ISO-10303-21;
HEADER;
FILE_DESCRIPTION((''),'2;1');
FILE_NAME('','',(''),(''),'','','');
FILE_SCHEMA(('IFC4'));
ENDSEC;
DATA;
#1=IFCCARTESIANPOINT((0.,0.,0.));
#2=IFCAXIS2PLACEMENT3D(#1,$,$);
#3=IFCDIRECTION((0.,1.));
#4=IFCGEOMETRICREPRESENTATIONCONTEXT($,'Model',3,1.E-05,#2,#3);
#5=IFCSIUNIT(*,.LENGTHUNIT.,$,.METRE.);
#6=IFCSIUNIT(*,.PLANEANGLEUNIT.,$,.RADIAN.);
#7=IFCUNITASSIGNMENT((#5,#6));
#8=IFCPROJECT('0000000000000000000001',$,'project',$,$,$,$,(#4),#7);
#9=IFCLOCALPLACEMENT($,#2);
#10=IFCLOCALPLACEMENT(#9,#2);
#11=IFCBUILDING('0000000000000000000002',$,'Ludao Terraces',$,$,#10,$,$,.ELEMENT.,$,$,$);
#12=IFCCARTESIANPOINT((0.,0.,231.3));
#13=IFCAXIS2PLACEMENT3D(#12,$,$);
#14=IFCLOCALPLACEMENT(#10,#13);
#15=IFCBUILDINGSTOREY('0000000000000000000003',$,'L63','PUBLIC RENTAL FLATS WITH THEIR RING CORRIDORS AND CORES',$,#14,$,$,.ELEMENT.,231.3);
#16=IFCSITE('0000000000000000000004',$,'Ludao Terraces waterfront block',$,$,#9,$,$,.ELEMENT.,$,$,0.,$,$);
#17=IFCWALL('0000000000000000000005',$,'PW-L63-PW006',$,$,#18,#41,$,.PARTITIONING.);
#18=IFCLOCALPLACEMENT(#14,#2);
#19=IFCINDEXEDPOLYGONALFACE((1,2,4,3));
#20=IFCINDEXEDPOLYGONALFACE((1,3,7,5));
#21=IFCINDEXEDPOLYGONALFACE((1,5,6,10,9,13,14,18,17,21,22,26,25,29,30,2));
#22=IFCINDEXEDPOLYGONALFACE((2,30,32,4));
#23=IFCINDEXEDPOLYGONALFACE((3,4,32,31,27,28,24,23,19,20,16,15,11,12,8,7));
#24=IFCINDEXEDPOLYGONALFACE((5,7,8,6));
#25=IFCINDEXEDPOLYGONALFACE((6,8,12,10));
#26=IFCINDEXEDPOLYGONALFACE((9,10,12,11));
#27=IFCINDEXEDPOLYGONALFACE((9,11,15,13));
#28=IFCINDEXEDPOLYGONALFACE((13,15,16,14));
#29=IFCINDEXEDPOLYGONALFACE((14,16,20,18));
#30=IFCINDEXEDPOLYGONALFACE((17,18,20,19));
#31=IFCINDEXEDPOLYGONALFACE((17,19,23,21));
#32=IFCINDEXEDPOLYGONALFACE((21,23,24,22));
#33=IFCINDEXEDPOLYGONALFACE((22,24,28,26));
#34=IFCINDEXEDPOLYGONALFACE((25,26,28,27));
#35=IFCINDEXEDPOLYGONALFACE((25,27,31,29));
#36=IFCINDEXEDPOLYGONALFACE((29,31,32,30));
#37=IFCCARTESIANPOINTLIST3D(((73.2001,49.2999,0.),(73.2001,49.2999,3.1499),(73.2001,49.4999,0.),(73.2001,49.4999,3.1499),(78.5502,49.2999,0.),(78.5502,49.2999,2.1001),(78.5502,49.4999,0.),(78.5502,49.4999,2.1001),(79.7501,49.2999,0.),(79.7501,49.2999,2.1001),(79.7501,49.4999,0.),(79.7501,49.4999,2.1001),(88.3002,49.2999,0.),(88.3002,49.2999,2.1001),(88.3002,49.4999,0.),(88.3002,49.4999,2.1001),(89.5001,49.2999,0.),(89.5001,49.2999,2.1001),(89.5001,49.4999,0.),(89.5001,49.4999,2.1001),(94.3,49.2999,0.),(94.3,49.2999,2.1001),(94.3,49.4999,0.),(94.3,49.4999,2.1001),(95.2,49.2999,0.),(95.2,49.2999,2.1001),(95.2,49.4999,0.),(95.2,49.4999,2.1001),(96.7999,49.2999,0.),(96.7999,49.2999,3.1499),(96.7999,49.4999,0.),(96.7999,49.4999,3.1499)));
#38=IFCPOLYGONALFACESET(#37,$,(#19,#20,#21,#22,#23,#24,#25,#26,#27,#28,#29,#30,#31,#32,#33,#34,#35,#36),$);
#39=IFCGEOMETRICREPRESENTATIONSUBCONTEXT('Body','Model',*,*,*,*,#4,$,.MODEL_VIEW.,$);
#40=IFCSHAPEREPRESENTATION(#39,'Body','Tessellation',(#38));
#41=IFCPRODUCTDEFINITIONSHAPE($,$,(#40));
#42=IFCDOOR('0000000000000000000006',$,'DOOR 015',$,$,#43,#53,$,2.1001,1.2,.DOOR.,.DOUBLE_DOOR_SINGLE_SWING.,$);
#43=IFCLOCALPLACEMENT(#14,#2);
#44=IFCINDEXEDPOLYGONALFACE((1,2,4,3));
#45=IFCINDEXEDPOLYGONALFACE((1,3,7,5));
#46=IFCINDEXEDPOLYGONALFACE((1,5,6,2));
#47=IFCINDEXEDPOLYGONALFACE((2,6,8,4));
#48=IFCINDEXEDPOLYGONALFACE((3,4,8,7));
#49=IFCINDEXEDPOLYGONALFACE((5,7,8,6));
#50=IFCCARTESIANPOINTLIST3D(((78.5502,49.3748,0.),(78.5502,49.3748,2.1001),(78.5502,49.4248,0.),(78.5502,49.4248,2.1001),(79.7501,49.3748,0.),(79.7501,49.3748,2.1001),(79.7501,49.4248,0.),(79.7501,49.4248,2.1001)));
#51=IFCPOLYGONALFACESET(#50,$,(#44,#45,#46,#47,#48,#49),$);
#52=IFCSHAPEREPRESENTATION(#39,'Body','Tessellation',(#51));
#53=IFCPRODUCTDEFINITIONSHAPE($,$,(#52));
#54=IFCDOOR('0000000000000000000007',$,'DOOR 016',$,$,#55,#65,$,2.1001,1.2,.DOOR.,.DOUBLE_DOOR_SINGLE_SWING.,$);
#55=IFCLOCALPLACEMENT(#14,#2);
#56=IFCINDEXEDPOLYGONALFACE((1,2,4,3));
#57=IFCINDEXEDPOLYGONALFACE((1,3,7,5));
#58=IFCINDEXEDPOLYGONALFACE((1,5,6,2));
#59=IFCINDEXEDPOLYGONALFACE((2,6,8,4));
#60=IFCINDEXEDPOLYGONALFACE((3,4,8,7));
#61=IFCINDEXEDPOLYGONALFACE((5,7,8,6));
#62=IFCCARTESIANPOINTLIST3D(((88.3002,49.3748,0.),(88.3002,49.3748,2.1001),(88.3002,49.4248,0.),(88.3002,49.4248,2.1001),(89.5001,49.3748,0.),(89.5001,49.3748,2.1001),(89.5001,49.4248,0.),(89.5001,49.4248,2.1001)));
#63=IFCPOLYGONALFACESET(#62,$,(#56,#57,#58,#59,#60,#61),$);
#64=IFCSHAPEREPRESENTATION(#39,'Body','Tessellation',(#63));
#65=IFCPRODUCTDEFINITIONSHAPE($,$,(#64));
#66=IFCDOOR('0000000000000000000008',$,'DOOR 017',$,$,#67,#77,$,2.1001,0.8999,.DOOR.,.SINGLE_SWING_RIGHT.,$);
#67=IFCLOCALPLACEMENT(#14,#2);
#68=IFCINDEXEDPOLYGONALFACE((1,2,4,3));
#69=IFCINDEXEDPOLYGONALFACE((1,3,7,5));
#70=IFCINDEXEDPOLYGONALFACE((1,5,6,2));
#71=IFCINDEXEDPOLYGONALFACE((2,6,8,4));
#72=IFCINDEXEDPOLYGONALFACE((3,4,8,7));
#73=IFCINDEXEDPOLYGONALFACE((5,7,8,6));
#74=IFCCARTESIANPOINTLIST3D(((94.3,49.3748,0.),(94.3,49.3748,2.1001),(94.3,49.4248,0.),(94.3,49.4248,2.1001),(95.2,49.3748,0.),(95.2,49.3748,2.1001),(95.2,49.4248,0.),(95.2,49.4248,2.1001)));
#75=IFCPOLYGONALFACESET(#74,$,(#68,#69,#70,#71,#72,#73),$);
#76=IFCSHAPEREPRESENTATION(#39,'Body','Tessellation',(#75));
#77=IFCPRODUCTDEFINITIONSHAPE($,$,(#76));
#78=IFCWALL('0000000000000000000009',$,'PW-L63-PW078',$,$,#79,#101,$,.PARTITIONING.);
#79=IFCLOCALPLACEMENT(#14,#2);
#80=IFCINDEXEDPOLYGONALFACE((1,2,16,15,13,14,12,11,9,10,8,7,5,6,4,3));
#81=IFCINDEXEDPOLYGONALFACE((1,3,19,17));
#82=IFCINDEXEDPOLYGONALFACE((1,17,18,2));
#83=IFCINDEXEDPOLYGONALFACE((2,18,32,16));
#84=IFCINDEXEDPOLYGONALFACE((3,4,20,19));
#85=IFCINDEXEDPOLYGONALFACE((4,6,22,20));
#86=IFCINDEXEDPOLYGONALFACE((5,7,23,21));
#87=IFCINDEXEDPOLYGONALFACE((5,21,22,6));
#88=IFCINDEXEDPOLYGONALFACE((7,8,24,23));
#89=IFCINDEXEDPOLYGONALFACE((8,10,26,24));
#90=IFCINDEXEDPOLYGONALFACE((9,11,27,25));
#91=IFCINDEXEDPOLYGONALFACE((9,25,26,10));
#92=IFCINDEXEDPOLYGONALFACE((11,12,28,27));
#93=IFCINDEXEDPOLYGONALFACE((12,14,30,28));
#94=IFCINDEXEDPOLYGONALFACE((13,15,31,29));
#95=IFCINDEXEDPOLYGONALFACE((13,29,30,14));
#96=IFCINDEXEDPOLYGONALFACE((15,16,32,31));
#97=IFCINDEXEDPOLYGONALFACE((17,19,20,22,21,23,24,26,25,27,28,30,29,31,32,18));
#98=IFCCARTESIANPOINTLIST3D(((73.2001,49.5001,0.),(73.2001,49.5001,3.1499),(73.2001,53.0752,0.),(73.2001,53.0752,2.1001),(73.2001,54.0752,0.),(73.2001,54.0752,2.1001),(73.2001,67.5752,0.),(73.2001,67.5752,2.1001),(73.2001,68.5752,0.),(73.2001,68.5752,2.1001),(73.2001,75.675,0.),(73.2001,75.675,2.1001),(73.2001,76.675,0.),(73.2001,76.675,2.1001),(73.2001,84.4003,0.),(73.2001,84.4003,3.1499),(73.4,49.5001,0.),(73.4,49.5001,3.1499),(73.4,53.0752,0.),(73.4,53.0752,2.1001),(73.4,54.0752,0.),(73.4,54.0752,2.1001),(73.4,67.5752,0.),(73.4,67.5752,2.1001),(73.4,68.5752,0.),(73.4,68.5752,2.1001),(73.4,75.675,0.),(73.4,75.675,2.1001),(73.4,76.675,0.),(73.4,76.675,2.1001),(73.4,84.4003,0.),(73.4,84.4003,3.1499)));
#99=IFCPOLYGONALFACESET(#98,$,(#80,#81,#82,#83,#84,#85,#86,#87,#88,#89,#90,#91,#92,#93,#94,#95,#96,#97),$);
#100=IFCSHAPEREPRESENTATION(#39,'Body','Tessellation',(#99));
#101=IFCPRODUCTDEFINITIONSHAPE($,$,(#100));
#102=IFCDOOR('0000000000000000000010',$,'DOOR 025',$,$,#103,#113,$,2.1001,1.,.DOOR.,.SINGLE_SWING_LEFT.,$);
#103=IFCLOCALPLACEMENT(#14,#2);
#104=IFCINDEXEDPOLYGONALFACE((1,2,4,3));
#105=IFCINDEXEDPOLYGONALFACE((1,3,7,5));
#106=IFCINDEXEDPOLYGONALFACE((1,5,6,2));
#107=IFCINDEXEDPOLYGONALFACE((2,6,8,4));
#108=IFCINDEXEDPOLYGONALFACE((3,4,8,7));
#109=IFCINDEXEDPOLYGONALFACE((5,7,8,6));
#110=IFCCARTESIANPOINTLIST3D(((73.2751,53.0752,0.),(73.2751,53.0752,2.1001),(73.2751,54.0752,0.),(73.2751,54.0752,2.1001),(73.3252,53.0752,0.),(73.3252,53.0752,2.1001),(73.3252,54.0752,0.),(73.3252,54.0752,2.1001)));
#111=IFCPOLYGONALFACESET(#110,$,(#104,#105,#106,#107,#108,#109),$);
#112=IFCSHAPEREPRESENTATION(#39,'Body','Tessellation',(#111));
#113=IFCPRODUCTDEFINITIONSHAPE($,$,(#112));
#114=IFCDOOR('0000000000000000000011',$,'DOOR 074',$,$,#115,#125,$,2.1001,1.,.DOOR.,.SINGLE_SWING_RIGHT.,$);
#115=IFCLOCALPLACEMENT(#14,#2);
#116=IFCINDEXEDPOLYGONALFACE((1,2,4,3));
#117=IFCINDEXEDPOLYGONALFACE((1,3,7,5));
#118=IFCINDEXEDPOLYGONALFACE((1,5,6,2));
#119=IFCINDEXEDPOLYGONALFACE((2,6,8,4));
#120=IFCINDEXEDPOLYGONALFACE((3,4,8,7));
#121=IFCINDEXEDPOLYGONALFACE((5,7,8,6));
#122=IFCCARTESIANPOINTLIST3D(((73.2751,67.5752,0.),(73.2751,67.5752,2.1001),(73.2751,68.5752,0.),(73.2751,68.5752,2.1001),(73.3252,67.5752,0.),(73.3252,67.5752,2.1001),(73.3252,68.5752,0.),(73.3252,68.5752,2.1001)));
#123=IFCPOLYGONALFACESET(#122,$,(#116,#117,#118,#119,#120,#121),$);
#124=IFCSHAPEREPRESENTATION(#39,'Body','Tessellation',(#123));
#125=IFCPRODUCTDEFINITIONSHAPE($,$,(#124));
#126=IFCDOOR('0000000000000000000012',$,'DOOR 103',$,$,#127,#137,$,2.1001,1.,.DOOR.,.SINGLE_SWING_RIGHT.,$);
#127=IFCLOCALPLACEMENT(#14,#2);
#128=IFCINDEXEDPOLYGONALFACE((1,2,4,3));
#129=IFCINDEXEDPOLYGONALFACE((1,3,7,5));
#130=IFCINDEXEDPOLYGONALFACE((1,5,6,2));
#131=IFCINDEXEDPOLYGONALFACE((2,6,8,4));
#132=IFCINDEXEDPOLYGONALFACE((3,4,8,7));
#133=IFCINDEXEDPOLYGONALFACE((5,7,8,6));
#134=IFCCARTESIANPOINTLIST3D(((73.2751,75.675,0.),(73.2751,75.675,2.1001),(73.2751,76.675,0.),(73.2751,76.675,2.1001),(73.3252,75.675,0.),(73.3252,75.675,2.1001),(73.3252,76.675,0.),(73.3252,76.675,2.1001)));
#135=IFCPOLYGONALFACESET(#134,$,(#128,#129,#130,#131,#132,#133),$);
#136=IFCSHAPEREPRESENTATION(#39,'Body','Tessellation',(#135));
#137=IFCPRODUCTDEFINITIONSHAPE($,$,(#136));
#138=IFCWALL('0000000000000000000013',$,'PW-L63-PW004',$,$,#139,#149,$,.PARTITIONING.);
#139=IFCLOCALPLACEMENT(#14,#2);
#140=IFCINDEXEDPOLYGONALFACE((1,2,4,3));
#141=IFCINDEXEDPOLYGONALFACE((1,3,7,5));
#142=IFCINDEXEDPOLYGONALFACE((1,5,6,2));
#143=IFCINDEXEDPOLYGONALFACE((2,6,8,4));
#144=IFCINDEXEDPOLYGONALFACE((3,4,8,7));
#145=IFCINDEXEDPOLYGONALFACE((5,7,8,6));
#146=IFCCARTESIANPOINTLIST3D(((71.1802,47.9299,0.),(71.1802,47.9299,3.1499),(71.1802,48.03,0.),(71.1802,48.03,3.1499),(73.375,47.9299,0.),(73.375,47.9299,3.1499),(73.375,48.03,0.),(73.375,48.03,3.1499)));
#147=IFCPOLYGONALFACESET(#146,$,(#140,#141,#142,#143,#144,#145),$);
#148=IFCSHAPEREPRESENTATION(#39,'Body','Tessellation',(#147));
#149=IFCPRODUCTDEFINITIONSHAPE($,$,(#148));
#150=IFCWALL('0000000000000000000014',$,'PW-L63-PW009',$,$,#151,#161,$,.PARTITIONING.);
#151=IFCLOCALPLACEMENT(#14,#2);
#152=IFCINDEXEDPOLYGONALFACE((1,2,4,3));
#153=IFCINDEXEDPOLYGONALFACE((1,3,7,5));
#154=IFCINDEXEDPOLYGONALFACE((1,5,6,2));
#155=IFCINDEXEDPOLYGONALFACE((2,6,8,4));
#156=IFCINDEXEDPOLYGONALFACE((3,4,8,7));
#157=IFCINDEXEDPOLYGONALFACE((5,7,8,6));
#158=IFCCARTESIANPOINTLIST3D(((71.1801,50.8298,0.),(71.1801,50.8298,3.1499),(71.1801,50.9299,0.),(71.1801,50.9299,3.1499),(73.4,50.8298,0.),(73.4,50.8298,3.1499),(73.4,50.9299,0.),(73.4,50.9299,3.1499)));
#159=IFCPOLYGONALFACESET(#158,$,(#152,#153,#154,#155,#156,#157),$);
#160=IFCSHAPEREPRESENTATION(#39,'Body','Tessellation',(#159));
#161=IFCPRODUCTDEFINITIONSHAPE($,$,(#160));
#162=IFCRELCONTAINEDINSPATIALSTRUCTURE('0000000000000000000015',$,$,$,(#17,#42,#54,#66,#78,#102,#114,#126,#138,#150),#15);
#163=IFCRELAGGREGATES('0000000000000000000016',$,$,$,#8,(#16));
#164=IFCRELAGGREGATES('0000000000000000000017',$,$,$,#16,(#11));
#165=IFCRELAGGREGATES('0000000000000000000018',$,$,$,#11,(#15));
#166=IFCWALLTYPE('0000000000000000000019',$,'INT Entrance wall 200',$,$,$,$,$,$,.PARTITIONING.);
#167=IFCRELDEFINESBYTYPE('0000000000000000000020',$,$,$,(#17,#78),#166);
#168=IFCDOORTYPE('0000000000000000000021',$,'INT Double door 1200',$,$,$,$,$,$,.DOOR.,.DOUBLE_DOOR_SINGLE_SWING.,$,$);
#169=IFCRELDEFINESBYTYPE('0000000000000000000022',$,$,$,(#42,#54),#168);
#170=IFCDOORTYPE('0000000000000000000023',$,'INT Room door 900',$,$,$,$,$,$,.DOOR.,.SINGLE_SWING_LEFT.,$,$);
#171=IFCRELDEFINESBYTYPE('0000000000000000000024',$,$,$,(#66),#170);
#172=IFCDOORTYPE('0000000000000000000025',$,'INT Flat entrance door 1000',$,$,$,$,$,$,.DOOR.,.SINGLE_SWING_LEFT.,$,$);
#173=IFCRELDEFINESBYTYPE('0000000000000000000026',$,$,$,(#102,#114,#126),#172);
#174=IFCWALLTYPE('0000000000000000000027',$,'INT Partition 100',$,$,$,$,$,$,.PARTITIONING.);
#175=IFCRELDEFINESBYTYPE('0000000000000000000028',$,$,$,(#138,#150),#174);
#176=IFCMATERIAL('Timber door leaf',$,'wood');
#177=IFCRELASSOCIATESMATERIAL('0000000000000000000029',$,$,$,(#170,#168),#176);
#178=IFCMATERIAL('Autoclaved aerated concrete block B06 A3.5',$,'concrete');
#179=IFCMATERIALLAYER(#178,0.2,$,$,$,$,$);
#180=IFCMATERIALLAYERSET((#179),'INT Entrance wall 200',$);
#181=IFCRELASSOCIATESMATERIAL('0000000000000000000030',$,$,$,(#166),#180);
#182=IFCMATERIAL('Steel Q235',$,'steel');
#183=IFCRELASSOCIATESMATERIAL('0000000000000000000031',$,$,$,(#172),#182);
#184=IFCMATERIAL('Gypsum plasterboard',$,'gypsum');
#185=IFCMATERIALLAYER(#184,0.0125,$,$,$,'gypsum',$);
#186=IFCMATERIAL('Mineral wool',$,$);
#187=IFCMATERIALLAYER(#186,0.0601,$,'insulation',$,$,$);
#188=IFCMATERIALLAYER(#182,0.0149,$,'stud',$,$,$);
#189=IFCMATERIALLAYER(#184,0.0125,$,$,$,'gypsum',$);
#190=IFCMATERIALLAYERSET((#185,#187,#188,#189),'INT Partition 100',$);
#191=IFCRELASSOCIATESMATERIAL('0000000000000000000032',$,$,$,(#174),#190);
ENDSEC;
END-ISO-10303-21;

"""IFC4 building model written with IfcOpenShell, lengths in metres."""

from ifc_helpers import new_model, si_unit, direction, frame, frame_2d, origin, place, context, subcontext, project, spatial, rectangle, extrude, material, layer, layer_set, type_object, element, fill, save


model = new_model("IFC4")

# Units and contexts
model_context = context("Model", 3, precision=1e-05, world=origin(), true_north=direction((0.0, 1.0)))
body_context = subcontext(model_context, "Body", "Model", "MODEL_VIEW")
ifc_project = project(units=[si_unit("LENGTHUNIT", "METRE"), si_unit("PLANEANGLEUNIT", "RADIAN")], contexts=[model_context])

# Site, building, storey
site_placement = place(None, origin())
site = spatial("IfcSite", under=ifc_project, at=site_placement, Name="Ludao Terraces waterfront block", CompositionType="ELEMENT", RefElevation=0.0)
building_placement = place(site_placement, origin())
building = spatial("IfcBuilding", under=site, at=building_placement, Name="Ludao Terraces", CompositionType="ELEMENT")
storey_placement = place(building_placement, frame((0.0, 0.0, 231.3)))
storey = spatial("IfcBuildingStorey", under=building, at=storey_placement, Name="L63", Description="PUBLIC RENTAL FLATS WITH THEIR RING CORRIDORS AND CORES", CompositionType="ELEMENT", Elevation=231.3)

# Walls, openings, doors
ifc_material_1 = material(Name="Steel Q235", Category="steel")
ifc_material_2 = material(Name="Timber door leaf", Category="wood")
door_type_1 = type_object("IfcDoorType", Name="INT Room door 900", OperationType="SINGLE_SWING_LEFT", PredefinedType="DOOR", material=ifc_material_2)
ifc_material_3 = material(Name="Autoclaved aerated concrete block B06 A3.5", Category="concrete")
ifc_layer_1 = layer(ifc_material_3, 0.2)
ifc_layer_set_1 = layer_set([ifc_layer_1], Name="INT Entrance wall 200")
wall_type_1 = type_object("IfcWallType", Name="INT Entrance wall 200", PredefinedType="PARTITIONING", material=ifc_layer_set_1)
wall_1_placement = place(storey_placement, frame((73.2002, 49.3999, 0.0), z_axis=(0.0, 0.0, 1.0), x_axis=(1.0, 0.0, 0.0)))
wall_1 = element("IfcWall", 1, at=wall_1_placement, inside=storey, type_object=wall_type_1, Name="PW-L63-PW006", PredefinedType="PARTITIONING", context=body_context, shape_type="SweptSolid", body=[
    extrude(rectangle(XDim=23.5999, YDim=0.2, at=frame_2d((11.7998, 0.0))), origin(), (0.0, 0.0, 1.0), 3.1499),
])
opening_1_placement = place(wall_1_placement, frame((5.3499, 0.0, 0.0)))
opening_1 = element("IfcOpeningElement", 2, at=opening_1_placement, cuts=wall_1, PredefinedType="OPENING", context=body_context, shape_type="SweptSolid", body=[
    extrude(rectangle(XDim=1.2, YDim=2.1001, at=frame_2d((0.6001, 1.05))), frame((0.0, 0.1099, 0.0), z_axis=(0.0, -1.0, 0.0), x_axis=(1.0, 0.0, 0.0)), (0.0, 0.0, 1.0), 0.22),
])
opening_2_placement = place(wall_1_placement, frame((15.0999, 0.0, 0.0)))
opening_2 = element("IfcOpeningElement", 3, at=opening_2_placement, cuts=wall_1, PredefinedType="OPENING", context=body_context, shape_type="SweptSolid", body=[
    extrude(rectangle(XDim=1.2, YDim=2.1001, at=frame_2d((0.6001, 1.05))), frame((0.0, 0.1099, 0.0), z_axis=(0.0, -1.0, 0.0), x_axis=(1.0, 0.0, 0.0)), (0.0, 0.0, 1.0), 0.22),
])
opening_3_placement = place(wall_1_placement, frame((21.0999, 0.0, 0.0)))
opening_3 = element("IfcOpeningElement", 4, at=opening_3_placement, cuts=wall_1, PredefinedType="OPENING", context=body_context, shape_type="SweptSolid", body=[
    extrude(rectangle(XDim=0.8999, YDim=2.1001, at=frame_2d((0.45, 1.05))), frame((0.0, 0.1099, 0.0), z_axis=(0.0, -1.0, 0.0), x_axis=(1.0, 0.0, 0.0)), (0.0, 0.0, 1.0), 0.22),
])
door_type_2 = type_object("IfcDoorType", Name="INT Double door 1200", OperationType="DOUBLE_DOOR_SINGLE_SWING", PredefinedType="DOOR", material=ifc_material_2)
door_1_placement = place(opening_1_placement, origin())
door_1 = element("IfcDoor", 5, at=door_1_placement, inside=storey, type_object=door_type_2, Name="DOOR 015", OperationType="DOUBLE_DOOR_SINGLE_SWING", OverallHeight=2.1001, OverallWidth=1.2, PredefinedType="DOOR", context=body_context, shape_type="SweptSolid", body=[
    extrude(rectangle(XDim=1.2, YDim=2.1001, at=frame_2d((0.6001, 1.05))), frame((0.0, 0.0249, 0.0), z_axis=(0.0, -1.0, 0.0), x_axis=(1.0, 0.0, 0.0)), (0.0, 0.0, 1.0), 0.05),
])
fill(opening_1, door_1)
door_2_placement = place(opening_2_placement, origin())
door_2 = element("IfcDoor", 6, at=door_2_placement, inside=storey, type_object=door_type_2, Name="DOOR 016", OperationType="DOUBLE_DOOR_SINGLE_SWING", OverallHeight=2.1001, OverallWidth=1.2, PredefinedType="DOOR", context=body_context, shape_type="SweptSolid", body=[
    extrude(rectangle(XDim=1.2, YDim=2.1001, at=frame_2d((0.6001, 1.05))), frame((0.0, 0.0249, 0.0), z_axis=(0.0, -1.0, 0.0), x_axis=(1.0, 0.0, 0.0)), (0.0, 0.0, 1.0), 0.05),
])
fill(opening_2, door_2)
door_3_placement = place(opening_3_placement, origin())
door_3 = element("IfcDoor", 7, at=door_3_placement, inside=storey, type_object=door_type_1, Name="DOOR 017", OperationType="SINGLE_SWING_RIGHT", OverallHeight=2.1001, OverallWidth=0.8999, PredefinedType="DOOR", context=body_context, shape_type="SweptSolid", body=[
    extrude(rectangle(XDim=0.8999, YDim=2.1001, at=frame_2d((0.45, 1.05))), frame((0.0, 0.0249, 0.0), z_axis=(0.0, -1.0, 0.0), x_axis=(1.0, 0.0, 0.0)), (0.0, 0.0, 1.0), 0.05),
])
fill(opening_3, door_3)
wall_2_placement = place(storey_placement, frame((73.3, 49.5, 0.0), z_axis=(0.0, 0.0, 1.0), x_axis=(0.0, 1.0, 0.0)))
wall_2 = element("IfcWall", 8, at=wall_2_placement, inside=storey, type_object=wall_type_1, Name="PW-L63-PW078", PredefinedType="PARTITIONING", context=body_context, shape_type="SweptSolid", body=[
    extrude(rectangle(XDim=34.9001, YDim=0.2, at=frame_2d((17.4502, 0.0))), origin(), (0.0, 0.0, 1.0), 3.1499),
])
opening_4_placement = place(wall_2_placement, frame((3.5752, 0.0, 0.0)))
opening_4 = element("IfcOpeningElement", 9, at=opening_4_placement, cuts=wall_2, PredefinedType="OPENING", context=body_context, shape_type="SweptSolid", body=[
    extrude(rectangle(XDim=1.0, YDim=2.1001, at=frame_2d((0.5, 1.05))), frame((0.0, 0.1099, 0.0), z_axis=(0.0, -1.0, 0.0), x_axis=(1.0, 0.0, 0.0)), (0.0, 0.0, 1.0), 0.22),
])
opening_5_placement = place(wall_2_placement, frame((18.0752, 0.0, 0.0)))
opening_5 = element("IfcOpeningElement", 10, at=opening_5_placement, cuts=wall_2, PredefinedType="OPENING", context=body_context, shape_type="SweptSolid", body=[
    extrude(rectangle(XDim=1.0, YDim=2.1001, at=frame_2d((0.5, 1.05))), frame((0.0, 0.1099, 0.0), z_axis=(0.0, -1.0, 0.0), x_axis=(1.0, 0.0, 0.0)), (0.0, 0.0, 1.0), 0.22),
])
opening_6_placement = place(wall_2_placement, frame((26.175, 0.0, 0.0)))
opening_6 = element("IfcOpeningElement", 11, at=opening_6_placement, cuts=wall_2, PredefinedType="OPENING", context=body_context, shape_type="SweptSolid", body=[
    extrude(rectangle(XDim=1.0, YDim=2.1001, at=frame_2d((0.5, 1.05))), frame((0.0, 0.1099, 0.0), z_axis=(0.0, -1.0, 0.0), x_axis=(1.0, 0.0, 0.0)), (0.0, 0.0, 1.0), 0.22),
])
door_type_3 = type_object("IfcDoorType", Name="INT Flat entrance door 1000", OperationType="SINGLE_SWING_LEFT", PredefinedType="DOOR", material=ifc_material_1)
door_4_placement = place(opening_4_placement, origin())
door_4 = element("IfcDoor", 12, at=door_4_placement, inside=storey, type_object=door_type_3, Name="DOOR 025", OperationType="SINGLE_SWING_LEFT", OverallHeight=2.1001, OverallWidth=1.0, PredefinedType="DOOR", context=body_context, shape_type="SweptSolid", body=[
    extrude(rectangle(XDim=1.0, YDim=2.1001, at=frame_2d((0.5, 1.05))), frame((0.0, 0.0249, 0.0), z_axis=(0.0, -1.0, 0.0), x_axis=(1.0, 0.0, 0.0)), (0.0, 0.0, 1.0), 0.05),
])
fill(opening_4, door_4)
door_5_placement = place(opening_5_placement, origin())
door_5 = element("IfcDoor", 13, at=door_5_placement, inside=storey, type_object=door_type_3, Name="DOOR 074", OperationType="SINGLE_SWING_RIGHT", OverallHeight=2.1001, OverallWidth=1.0, PredefinedType="DOOR", context=body_context, shape_type="SweptSolid", body=[
    extrude(rectangle(XDim=1.0, YDim=2.1001, at=frame_2d((0.5, 1.05))), frame((0.0, 0.0249, 0.0), z_axis=(0.0, -1.0, 0.0), x_axis=(1.0, 0.0, 0.0)), (0.0, 0.0, 1.0), 0.05),
])
fill(opening_5, door_5)
door_6_placement = place(opening_6_placement, origin())
door_6 = element("IfcDoor", 14, at=door_6_placement, inside=storey, type_object=door_type_3, Name="DOOR 103", OperationType="SINGLE_SWING_RIGHT", OverallHeight=2.1001, OverallWidth=1.0, PredefinedType="DOOR", context=body_context, shape_type="SweptSolid", body=[
    extrude(rectangle(XDim=1.0, YDim=2.1001, at=frame_2d((0.5, 1.05))), frame((0.0, 0.0249, 0.0), z_axis=(0.0, -1.0, 0.0), x_axis=(1.0, 0.0, 0.0)), (0.0, 0.0, 1.0), 0.05),
])
fill(opening_6, door_6)

# Walls
ifc_material_4 = material(Name="Gypsum plasterboard", Category="gypsum")
ifc_layer_2 = layer(ifc_material_4, 0.0125, Category="gypsum")
ifc_material_5 = material(Name="Mineral wool")
ifc_layer_3 = layer(ifc_material_5, 0.0601, Name="insulation")
ifc_layer_4 = layer(ifc_material_1, 0.0149, Name="stud")
ifc_layer_5 = layer(ifc_material_4, 0.0125, Category="gypsum")
ifc_layer_set_2 = layer_set([ifc_layer_2, ifc_layer_3, ifc_layer_4, ifc_layer_5], Name="INT Partition 100")
wall_type_2 = type_object("IfcWallType", Name="INT Partition 100", PredefinedType="PARTITIONING", material=ifc_layer_set_2)
wall_3_placement = place(storey_placement, frame((71.1802, 47.98, 0.0), z_axis=(0.0, 0.0, 1.0), x_axis=(1.0, 0.0, 0.0)))
element("IfcWall", 15, at=wall_3_placement, inside=storey, type_object=wall_type_2, Name="PW-L63-PW004", PredefinedType="PARTITIONING", context=body_context, shape_type="SweptSolid", body=[
    extrude(rectangle(XDim=2.1948, YDim=0.1001, at=frame_2d((1.0974, 0.0))), origin(), (0.0, 0.0, 1.0), 3.1499),
])
for number, where, z_axis, x_axis, name in (
    (16, (71.1802, 50.8799, 0.0), (0.0, 0.0, 1.0), (1.0, 0.0, 0.0), "PW-L63-PW009"),
):
    element("IfcWall", number, at=place(storey_placement, frame(where, z_axis=z_axis, x_axis=x_axis)), inside=storey, type_object=wall_type_2, Name=name, PredefinedType="PARTITIONING", context=body_context, shape_type="SweptSolid", body=[
        extrude(rectangle(XDim=2.22, YDim=0.1001, at=frame_2d((1.1099, 0.0))), origin(), (0.0, 0.0, 1.0), 3.1499),
    ])

save(model, "model.ifc")
